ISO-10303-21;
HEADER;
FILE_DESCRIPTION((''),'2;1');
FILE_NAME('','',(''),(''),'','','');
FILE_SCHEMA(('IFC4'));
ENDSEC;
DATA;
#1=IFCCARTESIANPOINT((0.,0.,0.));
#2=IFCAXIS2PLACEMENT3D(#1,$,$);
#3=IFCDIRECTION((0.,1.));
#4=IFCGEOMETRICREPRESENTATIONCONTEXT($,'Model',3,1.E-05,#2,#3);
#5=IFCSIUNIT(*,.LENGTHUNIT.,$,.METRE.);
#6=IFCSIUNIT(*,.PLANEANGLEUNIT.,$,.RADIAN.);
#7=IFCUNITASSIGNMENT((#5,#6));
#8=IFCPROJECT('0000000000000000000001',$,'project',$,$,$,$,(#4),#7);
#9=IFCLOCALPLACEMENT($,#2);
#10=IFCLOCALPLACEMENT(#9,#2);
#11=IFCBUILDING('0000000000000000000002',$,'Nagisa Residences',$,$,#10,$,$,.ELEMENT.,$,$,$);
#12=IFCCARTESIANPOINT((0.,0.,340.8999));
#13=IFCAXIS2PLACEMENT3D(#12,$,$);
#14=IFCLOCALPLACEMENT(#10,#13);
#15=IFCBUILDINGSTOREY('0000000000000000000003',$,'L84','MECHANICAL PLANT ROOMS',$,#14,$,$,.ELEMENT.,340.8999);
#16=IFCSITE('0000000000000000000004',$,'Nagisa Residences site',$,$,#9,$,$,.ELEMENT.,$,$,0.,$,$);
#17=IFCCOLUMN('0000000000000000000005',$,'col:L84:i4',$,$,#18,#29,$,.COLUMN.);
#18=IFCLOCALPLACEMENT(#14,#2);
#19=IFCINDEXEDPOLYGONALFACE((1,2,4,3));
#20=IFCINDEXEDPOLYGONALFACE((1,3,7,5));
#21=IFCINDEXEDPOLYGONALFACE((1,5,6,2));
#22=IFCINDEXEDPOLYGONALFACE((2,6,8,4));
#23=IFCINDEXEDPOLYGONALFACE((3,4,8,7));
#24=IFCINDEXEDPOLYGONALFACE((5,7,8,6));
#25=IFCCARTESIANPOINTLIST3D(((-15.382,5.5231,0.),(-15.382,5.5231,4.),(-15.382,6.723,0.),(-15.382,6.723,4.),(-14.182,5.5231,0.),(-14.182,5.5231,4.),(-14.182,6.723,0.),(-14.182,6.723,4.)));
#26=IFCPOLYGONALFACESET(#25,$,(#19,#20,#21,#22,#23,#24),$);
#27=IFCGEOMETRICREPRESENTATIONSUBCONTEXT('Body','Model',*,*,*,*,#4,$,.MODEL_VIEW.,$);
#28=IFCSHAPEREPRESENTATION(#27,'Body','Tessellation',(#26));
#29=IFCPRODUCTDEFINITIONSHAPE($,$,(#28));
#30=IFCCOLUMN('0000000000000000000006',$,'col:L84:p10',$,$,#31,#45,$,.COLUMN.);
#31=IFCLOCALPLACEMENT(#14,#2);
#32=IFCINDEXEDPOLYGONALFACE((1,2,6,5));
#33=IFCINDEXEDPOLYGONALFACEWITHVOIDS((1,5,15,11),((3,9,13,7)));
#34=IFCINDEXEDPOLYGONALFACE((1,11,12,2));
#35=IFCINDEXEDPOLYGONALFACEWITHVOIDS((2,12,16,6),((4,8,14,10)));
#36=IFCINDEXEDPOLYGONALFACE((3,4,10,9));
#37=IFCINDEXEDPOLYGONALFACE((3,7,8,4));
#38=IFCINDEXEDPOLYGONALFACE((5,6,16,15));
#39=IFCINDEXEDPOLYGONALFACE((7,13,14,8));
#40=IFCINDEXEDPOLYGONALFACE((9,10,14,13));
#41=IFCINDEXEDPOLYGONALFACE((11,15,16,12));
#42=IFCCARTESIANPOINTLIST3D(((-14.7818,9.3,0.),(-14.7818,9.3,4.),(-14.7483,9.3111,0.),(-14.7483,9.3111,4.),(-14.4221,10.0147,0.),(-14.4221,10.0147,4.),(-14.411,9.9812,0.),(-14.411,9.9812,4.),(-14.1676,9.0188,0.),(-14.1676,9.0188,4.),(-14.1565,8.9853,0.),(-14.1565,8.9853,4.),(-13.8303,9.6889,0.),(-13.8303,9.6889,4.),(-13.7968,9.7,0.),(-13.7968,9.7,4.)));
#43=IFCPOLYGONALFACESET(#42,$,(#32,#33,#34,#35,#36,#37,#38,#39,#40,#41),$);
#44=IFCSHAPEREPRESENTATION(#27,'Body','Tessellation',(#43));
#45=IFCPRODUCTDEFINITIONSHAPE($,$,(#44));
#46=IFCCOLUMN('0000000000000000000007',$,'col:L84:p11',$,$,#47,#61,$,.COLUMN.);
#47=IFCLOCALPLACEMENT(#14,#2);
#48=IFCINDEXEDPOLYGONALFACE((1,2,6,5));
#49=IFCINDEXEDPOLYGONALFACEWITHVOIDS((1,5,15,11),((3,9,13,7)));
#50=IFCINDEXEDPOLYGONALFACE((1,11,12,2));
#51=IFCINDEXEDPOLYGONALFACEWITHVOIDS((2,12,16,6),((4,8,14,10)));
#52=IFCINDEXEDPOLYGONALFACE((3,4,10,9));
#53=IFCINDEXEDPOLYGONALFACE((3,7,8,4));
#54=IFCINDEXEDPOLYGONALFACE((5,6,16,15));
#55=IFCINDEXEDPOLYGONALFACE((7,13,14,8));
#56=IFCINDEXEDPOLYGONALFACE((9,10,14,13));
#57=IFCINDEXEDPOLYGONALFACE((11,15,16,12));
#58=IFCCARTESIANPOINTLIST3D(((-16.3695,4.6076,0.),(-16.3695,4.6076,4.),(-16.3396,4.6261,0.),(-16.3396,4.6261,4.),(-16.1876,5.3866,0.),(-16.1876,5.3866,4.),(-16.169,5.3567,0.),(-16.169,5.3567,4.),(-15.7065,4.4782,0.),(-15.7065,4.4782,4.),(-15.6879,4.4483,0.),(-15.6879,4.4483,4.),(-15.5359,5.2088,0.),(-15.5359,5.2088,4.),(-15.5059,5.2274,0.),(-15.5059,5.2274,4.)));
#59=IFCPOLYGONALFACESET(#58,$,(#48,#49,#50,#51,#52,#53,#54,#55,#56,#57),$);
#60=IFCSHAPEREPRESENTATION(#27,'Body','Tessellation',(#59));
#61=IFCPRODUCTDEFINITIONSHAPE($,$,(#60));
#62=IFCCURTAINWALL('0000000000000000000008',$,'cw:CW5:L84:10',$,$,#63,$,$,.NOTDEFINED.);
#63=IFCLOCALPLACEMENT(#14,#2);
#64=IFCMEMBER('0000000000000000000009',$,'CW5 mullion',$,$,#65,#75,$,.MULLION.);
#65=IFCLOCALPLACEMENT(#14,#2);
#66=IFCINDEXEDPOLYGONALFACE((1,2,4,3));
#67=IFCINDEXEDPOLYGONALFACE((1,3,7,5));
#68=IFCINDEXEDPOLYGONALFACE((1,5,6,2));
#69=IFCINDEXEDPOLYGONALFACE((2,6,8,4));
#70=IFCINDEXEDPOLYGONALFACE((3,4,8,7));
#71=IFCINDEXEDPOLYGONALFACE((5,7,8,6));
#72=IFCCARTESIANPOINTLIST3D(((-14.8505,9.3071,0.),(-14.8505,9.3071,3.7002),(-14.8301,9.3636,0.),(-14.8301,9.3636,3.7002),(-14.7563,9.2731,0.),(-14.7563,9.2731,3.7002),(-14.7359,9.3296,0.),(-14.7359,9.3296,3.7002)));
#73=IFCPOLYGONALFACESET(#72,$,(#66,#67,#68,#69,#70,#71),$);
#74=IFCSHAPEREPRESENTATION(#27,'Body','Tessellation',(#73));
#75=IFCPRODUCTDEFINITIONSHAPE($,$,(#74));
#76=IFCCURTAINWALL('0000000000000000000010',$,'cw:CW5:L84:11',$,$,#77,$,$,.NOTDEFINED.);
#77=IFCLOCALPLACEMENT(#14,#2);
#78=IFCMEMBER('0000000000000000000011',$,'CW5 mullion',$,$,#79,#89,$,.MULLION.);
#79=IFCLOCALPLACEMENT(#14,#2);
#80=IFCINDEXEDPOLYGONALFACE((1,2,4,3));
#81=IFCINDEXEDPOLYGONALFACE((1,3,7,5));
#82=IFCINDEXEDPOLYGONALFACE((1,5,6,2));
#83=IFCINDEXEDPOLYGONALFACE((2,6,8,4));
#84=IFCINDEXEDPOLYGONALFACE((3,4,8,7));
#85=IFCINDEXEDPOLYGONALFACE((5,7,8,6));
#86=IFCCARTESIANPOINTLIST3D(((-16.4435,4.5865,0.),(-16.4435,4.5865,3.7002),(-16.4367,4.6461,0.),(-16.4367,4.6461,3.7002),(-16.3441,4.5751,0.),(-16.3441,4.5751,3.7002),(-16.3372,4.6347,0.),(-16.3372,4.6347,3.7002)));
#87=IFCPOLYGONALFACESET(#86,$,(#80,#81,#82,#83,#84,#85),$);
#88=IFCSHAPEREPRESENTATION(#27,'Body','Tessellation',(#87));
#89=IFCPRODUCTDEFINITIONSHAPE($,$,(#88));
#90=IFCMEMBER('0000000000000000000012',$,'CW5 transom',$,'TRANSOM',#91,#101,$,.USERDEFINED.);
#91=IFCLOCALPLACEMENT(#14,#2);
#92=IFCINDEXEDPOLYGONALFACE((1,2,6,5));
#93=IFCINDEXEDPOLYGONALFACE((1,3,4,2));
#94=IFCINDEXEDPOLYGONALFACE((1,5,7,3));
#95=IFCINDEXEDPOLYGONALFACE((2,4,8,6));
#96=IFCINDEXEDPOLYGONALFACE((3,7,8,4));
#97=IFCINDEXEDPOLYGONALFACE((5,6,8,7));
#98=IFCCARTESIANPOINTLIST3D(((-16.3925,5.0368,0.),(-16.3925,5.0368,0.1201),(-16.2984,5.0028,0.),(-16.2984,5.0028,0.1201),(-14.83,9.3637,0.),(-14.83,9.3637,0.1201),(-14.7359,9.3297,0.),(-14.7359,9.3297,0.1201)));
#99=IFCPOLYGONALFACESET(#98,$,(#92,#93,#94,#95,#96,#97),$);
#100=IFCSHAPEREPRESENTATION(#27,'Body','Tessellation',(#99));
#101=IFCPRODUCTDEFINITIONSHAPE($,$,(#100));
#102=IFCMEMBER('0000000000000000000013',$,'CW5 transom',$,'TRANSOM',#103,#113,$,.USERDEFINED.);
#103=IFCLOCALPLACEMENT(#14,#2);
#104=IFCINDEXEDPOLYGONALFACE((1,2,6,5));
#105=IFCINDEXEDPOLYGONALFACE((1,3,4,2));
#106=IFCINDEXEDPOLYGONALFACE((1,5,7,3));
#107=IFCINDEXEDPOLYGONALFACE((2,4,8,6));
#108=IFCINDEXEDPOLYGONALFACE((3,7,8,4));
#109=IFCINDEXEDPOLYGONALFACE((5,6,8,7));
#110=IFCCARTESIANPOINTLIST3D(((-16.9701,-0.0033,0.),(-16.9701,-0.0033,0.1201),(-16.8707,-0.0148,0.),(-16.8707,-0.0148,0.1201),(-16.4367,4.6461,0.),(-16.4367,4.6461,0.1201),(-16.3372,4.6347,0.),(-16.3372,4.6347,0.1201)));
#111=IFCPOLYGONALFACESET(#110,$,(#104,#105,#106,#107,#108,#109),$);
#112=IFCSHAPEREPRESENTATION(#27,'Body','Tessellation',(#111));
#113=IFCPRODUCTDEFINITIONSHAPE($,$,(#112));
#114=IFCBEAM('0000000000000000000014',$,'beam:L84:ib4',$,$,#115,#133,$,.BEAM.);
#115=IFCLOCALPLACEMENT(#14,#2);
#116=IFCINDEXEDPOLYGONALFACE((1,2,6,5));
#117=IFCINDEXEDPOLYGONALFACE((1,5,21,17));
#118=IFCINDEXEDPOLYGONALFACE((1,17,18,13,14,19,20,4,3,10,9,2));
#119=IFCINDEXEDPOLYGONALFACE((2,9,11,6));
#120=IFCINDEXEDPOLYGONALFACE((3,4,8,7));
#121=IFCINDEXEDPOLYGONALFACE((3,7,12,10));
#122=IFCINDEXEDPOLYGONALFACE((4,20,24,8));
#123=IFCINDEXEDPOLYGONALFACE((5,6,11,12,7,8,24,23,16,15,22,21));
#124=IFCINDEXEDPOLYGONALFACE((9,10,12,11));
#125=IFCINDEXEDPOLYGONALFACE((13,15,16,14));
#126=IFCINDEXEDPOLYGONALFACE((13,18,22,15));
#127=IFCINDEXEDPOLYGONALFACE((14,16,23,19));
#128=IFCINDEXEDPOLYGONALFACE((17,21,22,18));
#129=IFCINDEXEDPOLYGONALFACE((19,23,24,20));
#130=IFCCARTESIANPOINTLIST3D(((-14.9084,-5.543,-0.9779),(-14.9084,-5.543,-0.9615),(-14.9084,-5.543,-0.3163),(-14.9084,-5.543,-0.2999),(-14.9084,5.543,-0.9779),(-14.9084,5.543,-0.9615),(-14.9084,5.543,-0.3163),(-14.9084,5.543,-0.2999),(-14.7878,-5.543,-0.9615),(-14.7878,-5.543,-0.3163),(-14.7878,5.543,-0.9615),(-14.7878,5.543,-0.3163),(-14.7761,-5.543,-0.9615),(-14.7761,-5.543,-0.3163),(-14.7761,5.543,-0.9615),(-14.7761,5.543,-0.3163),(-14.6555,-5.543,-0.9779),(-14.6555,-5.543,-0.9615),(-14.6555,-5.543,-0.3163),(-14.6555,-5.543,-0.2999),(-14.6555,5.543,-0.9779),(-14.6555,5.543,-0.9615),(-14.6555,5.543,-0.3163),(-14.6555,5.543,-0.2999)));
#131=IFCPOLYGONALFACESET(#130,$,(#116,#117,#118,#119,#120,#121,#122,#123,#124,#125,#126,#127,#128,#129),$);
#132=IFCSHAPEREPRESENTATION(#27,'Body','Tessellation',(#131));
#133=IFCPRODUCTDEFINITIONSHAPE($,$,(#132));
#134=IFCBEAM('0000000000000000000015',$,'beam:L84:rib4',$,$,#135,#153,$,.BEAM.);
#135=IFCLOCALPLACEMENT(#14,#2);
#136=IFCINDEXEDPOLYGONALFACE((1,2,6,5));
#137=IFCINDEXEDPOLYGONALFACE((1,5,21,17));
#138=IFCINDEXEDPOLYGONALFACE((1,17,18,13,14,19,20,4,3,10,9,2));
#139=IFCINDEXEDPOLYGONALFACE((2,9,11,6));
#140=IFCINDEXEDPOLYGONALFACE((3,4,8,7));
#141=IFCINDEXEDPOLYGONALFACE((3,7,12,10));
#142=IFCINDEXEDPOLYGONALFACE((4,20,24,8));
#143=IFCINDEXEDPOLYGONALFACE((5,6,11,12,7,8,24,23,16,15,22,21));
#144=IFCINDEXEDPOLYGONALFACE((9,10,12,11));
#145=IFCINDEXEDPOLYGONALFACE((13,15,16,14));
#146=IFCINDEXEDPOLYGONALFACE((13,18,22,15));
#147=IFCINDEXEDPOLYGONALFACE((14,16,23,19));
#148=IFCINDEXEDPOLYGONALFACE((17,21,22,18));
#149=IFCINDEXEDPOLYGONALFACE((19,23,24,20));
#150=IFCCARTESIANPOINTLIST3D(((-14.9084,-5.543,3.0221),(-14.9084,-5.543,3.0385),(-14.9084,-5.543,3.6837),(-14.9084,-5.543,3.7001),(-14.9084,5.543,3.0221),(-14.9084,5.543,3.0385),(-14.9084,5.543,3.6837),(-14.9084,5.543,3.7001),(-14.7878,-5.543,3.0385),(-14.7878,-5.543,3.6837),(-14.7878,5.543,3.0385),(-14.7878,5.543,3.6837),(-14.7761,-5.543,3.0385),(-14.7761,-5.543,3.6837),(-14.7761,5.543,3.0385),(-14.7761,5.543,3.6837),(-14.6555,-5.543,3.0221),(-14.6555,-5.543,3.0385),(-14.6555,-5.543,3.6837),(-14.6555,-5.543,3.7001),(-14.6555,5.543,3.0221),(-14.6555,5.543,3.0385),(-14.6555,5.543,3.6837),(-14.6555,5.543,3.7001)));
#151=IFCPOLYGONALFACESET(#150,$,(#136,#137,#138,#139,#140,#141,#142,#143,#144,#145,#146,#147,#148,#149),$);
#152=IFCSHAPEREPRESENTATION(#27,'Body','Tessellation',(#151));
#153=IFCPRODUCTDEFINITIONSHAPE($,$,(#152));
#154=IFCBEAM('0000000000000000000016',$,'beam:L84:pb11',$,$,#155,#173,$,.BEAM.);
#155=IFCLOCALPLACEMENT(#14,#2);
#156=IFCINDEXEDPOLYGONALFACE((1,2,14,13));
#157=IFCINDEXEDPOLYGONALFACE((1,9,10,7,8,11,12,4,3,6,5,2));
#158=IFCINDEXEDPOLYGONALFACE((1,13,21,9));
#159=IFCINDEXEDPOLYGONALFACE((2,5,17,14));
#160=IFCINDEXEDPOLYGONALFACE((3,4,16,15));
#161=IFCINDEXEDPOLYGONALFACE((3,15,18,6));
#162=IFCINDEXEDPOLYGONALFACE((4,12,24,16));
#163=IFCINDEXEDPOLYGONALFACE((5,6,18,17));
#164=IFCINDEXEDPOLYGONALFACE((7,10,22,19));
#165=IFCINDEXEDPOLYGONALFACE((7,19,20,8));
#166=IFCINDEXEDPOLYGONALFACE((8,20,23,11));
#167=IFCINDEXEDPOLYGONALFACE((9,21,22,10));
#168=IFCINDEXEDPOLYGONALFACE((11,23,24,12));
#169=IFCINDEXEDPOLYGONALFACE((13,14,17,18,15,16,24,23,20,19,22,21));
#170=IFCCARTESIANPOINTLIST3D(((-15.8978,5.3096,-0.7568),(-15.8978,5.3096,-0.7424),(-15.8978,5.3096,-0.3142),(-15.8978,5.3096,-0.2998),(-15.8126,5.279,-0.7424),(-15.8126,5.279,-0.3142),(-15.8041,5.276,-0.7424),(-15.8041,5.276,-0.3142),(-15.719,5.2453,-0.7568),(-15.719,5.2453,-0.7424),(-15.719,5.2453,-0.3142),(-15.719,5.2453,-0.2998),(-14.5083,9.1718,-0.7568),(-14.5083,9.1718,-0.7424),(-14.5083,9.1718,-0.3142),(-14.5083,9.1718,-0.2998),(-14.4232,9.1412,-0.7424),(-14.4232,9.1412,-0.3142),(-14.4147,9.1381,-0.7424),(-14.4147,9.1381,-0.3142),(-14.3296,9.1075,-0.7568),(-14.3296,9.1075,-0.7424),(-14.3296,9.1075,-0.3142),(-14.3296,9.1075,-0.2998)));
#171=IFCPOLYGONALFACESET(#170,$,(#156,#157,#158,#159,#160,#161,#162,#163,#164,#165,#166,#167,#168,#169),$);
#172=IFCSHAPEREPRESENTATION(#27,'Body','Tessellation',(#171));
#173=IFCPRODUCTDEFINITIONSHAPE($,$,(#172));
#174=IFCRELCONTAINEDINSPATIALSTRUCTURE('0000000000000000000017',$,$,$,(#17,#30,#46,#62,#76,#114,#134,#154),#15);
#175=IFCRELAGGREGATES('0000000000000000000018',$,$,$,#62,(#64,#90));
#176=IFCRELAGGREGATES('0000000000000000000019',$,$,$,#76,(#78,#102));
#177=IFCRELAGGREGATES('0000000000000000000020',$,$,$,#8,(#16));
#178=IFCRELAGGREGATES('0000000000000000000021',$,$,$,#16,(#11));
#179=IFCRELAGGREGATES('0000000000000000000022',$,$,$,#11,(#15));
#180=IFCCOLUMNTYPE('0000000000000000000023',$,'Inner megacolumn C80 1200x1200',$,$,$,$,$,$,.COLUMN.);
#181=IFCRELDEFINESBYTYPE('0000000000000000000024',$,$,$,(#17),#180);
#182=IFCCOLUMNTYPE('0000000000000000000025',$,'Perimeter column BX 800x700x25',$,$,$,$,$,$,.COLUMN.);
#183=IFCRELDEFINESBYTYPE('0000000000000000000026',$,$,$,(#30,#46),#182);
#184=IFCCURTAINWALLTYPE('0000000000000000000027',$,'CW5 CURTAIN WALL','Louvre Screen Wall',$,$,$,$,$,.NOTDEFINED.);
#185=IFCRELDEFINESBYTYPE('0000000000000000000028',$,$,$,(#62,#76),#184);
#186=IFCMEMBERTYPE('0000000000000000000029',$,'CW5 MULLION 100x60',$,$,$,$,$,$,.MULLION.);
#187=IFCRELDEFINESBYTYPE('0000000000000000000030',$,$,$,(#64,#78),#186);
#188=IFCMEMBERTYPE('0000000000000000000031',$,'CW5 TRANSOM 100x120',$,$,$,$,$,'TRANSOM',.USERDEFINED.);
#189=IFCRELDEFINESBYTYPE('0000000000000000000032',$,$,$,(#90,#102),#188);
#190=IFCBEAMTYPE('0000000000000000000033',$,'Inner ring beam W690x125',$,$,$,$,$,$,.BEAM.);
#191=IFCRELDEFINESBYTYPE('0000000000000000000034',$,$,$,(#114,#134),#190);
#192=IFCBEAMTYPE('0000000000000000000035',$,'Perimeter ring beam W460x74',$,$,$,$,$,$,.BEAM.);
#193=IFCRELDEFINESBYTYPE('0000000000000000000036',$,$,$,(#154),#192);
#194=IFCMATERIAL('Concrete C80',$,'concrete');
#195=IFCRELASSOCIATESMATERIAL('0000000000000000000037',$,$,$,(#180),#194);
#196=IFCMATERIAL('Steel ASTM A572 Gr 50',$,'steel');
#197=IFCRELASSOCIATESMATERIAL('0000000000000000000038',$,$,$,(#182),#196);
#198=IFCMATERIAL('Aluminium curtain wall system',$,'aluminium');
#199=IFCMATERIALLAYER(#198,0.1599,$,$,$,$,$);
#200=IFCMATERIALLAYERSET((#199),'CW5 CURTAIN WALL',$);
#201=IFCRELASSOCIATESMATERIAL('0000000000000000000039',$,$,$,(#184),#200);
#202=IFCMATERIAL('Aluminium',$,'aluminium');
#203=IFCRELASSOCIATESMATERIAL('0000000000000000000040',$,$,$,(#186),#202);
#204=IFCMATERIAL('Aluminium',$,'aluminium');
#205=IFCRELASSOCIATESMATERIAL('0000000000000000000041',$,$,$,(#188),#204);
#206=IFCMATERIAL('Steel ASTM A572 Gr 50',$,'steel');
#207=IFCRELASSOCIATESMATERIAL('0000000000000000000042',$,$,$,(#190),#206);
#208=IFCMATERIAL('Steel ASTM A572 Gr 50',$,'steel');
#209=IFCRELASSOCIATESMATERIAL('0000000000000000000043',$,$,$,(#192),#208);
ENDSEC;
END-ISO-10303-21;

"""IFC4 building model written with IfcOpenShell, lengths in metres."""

from ifc_helpers import new_model, si_unit, direction, frame, origin, origin_2d, place, context, subcontext, project, spatial, rectangle, hollow_rectangle, i_section, extrude, material, layer, layer_set, material_profile, profile_set, type_object, element, aggregate, save


model = new_model("IFC4")

# Units and contexts
model_context = context("Model", 3, precision=1e-05, world=origin(), true_north=direction((0.0, 1.0)))
body_context = subcontext(model_context, "Body", "Model", "MODEL_VIEW")
ifc_project = project(units=[si_unit("LENGTHUNIT", "METRE"), si_unit("PLANEANGLEUNIT", "RADIAN")], contexts=[model_context])

# Site, building, storey
site_placement = place(None, origin())
site = spatial("IfcSite", under=ifc_project, at=site_placement, Name="Nagisa Residences site", CompositionType="ELEMENT", RefElevation=0.0)
building_placement = place(site_placement, origin())
building = spatial("IfcBuilding", under=site, at=building_placement, Name="Nagisa Residences", CompositionType="ELEMENT")
storey_placement = place(building_placement, frame((0.0, 0.0, 340.8999)))
storey = spatial("IfcBuildingStorey", under=building, at=storey_placement, Name="L84", Description="MECHANICAL PLANT ROOMS", CompositionType="ELEMENT", Elevation=340.8999)

# Columns
ifc_material_1 = material(Name="Concrete C80", Category="concrete")
ifc_material_profile_1 = material_profile(ifc_material_1, rectangle(XDim=1.2, YDim=1.2, at=origin_2d()), Name="C80 1200x1200")
ifc_profile_set_1 = profile_set([ifc_material_profile_1], Name="Concrete C80")
column_type_1 = type_object("IfcColumnType", Name="Inner megacolumn C80 1200x1200", PredefinedType="COLUMN", material=ifc_profile_set_1)
column_placement = place(storey_placement, frame((-14.782, 6.123, 0.0), z_axis=(0.0, 0.0, 1.0), x_axis=(1.0, 0.0, 0.0)))
element("IfcColumn", 1, at=column_placement, inside=storey, type_object=column_type_1, Name="col:L84:i4", PredefinedType="COLUMN", context=body_context, shape_type="SweptSolid", body=[
    extrude(rectangle(XDim=1.2, YDim=1.2, at=origin_2d()), origin(), (0.0, 0.0, 1.0), 4.0),
])
ifc_material_2 = material(Name="Steel ASTM A572 Gr 50", Category="steel")
ifc_material_profile_2 = material_profile(ifc_material_2, hollow_rectangle(XDim=0.8, YDim=0.7, WallThickness=0.0249, at=origin_2d()), Name="BX 800x700x25")
ifc_profile_set_2 = profile_set([ifc_material_profile_2], Name="Steel ASTM A572 Gr 50")
column_type_2 = type_object("IfcColumnType", Name="Perimeter column BX 800x700x25", PredefinedType="COLUMN", material=ifc_profile_set_2)
for number, where, z_axis, x_axis, name in (
    (2, (-14.2893, 9.5, 0.0), (0.0, 0.0, 1.0), (-0.449592, -0.893234, 0.0), "col:L84:p10"),
    (3, (-15.9377, 4.9175, 0.0), (0.0, 0.0, 1.0), (-0.227473, -0.973784, 0.0), "col:L84:p11"),
):
    element("IfcColumn", number, at=place(storey_placement, frame(where, z_axis=z_axis, x_axis=x_axis)), inside=storey, type_object=column_type_2, Name=name, PredefinedType="COLUMN", context=body_context, shape_type="SweptSolid", body=[
        extrude(hollow_rectangle(XDim=0.8, YDim=0.7, WallThickness=0.0249, at=origin_2d()), origin(), (0.0, 0.0, 1.0), 4.0),
    ])

# Curtain walls, members
ifc_material_3 = material(Name="Aluminium curtain wall system", Category="aluminium")
ifc_layer_1 = layer(ifc_material_3, 0.1599)
ifc_layer_set_1 = layer_set([ifc_layer_1], Name="CW5 CURTAIN WALL")
curtain_wall_type = type_object("IfcCurtainWallType", Name="CW5 CURTAIN WALL", Description="Louvre Screen Wall", PredefinedType="NOTDEFINED", material=ifc_layer_set_1)
curtain_wall_1_placement = place(storey_placement, origin())
curtain_wall_1 = element("IfcCurtainWall", 4, at=curtain_wall_1_placement, inside=storey, type_object=curtain_wall_type, Name="cw:CW5:L84:10", PredefinedType="NOTDEFINED")
ifc_material_4 = material(Name="Aluminium", Category="aluminium")
ifc_material_profile_3 = material_profile(ifc_material_4, rectangle(XDim=0.1001, YDim=0.0601, at=origin_2d()), Name="CW5 MULLION 100x60")
ifc_profile_set_3 = profile_set([ifc_material_profile_3], Name="Aluminium")
member_type_1 = type_object("IfcMemberType", Name="CW5 MULLION 100x60", PredefinedType="MULLION", material=ifc_profile_set_3)
member_1_placement = place(storey_placement, frame((-14.7932, 9.3184, 0.0), z_axis=(0.0, 0.0, 1.0), x_axis=(0.940554, -0.339643, 0.0)))
member_1 = element("IfcMember", 5, at=member_1_placement, type_object=member_type_1, Name="CW5 mullion", PredefinedType="MULLION", context=body_context, shape_type="SweptSolid", body=[
    extrude(rectangle(XDim=0.1001, YDim=0.0601, at=origin_2d()), origin(), (0.0, 0.0, 1.0), 3.7002),
])
curtain_wall_2_placement = place(storey_placement, origin())
curtain_wall_2 = element("IfcCurtainWall", 6, at=curtain_wall_2_placement, inside=storey, type_object=curtain_wall_type, Name="cw:CW5:L84:11", PredefinedType="NOTDEFINED")
member_2_placement = place(storey_placement, frame((-16.3904, 4.6106, 0.0), z_axis=(0.0, 0.0, 1.0), x_axis=(0.993478, -0.114025, 0.0)))
member_2 = element("IfcMember", 7, at=member_2_placement, type_object=member_type_1, Name="CW5 mullion", PredefinedType="MULLION", context=body_context, shape_type="SweptSolid", body=[
    extrude(rectangle(XDim=0.1001, YDim=0.0601, at=origin_2d()), origin(), (0.0, 0.0, 1.0), 3.7002),
])

# Members
ifc_material_5 = material(Name="Aluminium", Category="aluminium")
ifc_material_profile_4 = material_profile(ifc_material_5, rectangle(XDim=0.1001, YDim=0.1201, at=origin_2d()), Name="CW5 TRANSOM 100x120")
ifc_profile_set_4 = profile_set([ifc_material_profile_4], Name="Aluminium")
member_type_2 = type_object("IfcMemberType", Name="CW5 TRANSOM 100x120", ElementType="TRANSOM", PredefinedType="USERDEFINED", material=ifc_profile_set_4)
member_3_placement = place(storey_placement, frame((-14.783, 9.3467, 0.0601), z_axis=(-0.339646, -0.940553, 0.0), x_axis=(0.940553, -0.339646, 0.0)))
member_3 = element("IfcMember", 8, at=member_3_placement, type_object=member_type_2, Name="CW5 transom", ObjectType="TRANSOM", PredefinedType="USERDEFINED", context=body_context, shape_type="SweptSolid", body=[
    extrude(rectangle(XDim=0.1001, YDim=0.1201, at=origin_2d()), origin(), (0.0, 0.0, 1.0), 4.6003),
])
member_4_placement = place(storey_placement, frame((-16.387, 4.6404, 0.0601), z_axis=(-0.113986, -0.993482, 0.0), x_axis=(0.993482, -0.113986, 0.0)))
member_4 = element("IfcMember", 9, at=member_4_placement, type_object=member_type_2, Name="CW5 transom", ObjectType="TRANSOM", PredefinedType="USERDEFINED", context=body_context, shape_type="SweptSolid", body=[
    extrude(rectangle(XDim=0.1001, YDim=0.1201, at=origin_2d()), origin(), (0.0, 0.0, 1.0), 4.6799),
])

# Beams
ifc_material_6 = material(Name="Steel ASTM A572 Gr 50", Category="steel")
ifc_material_profile_5 = material_profile(ifc_material_6, i_section(OverallWidth=0.2529, OverallDepth=0.678, WebThickness=0.0117, FlangeThickness=0.0164, at=origin_2d()), Name="W690x125")
ifc_profile_set_5 = profile_set([ifc_material_profile_5], Name="Steel ASTM A572 Gr 50")
beam_type_1 = type_object("IfcBeamType", Name="Inner ring beam W690x125", PredefinedType="BEAM", material=ifc_profile_set_5)
for number, where, z_axis, x_axis, name in (
    (10, (-14.782, 5.543, -0.6389), (0.0, -1.0, 0.0), (1.0, 0.0, 0.0), "beam:L84:ib4"),
    (11, (-14.782, 5.543, 3.3611), (0.0, -1.0, 0.0), (1.0, 0.0, 0.0), "beam:L84:rib4"),
):
    element("IfcBeam", number, at=place(storey_placement, frame(where, z_axis=z_axis, x_axis=x_axis)), inside=storey, type_object=beam_type_1, Name=name, PredefinedType="BEAM", context=body_context, shape_type="SweptSolid", body=[
        extrude(i_section(OverallWidth=0.2529, OverallDepth=0.678, WebThickness=0.0117, FlangeThickness=0.0164, at=origin_2d()), origin(), (0.0, 0.0, 1.0), 11.0859),
    ])
ifc_material_7 = material(Name="Steel ASTM A572 Gr 50", Category="steel")
ifc_material_profile_6 = material_profile(ifc_material_7, i_section(OverallWidth=0.1899, OverallDepth=0.457, WebThickness=0.009, FlangeThickness=0.0144, at=origin_2d()), Name="W460x74")
ifc_profile_set_6 = profile_set([ifc_material_profile_6], Name="Steel ASTM A572 Gr 50")
beam_type_2 = type_object("IfcBeamType", Name="Perimeter ring beam W460x74", PredefinedType="BEAM", material=ifc_profile_set_6)
beam_1_placement = place(storey_placement, frame((-14.4189, 9.1396, -0.5283), z_axis=(-0.338517, -0.94096, 0.0), x_axis=(0.94096, -0.338517, 0.0)))
element("IfcBeam", 12, at=beam_1_placement, inside=storey, type_object=beam_type_2, Name="beam:L84:pb11", PredefinedType="BEAM", context=body_context, shape_type="SweptSolid", body=[
    extrude(i_section(OverallWidth=0.1899, OverallDepth=0.457, WebThickness=0.009, FlangeThickness=0.0144, at=origin_2d()), origin(), (0.0, 0.0, 1.0), 4.1045),
])

aggregate(curtain_wall_1, [member_1, member_3])
aggregate(curtain_wall_2, [member_2, member_4])

save(model, "model.ifc")
